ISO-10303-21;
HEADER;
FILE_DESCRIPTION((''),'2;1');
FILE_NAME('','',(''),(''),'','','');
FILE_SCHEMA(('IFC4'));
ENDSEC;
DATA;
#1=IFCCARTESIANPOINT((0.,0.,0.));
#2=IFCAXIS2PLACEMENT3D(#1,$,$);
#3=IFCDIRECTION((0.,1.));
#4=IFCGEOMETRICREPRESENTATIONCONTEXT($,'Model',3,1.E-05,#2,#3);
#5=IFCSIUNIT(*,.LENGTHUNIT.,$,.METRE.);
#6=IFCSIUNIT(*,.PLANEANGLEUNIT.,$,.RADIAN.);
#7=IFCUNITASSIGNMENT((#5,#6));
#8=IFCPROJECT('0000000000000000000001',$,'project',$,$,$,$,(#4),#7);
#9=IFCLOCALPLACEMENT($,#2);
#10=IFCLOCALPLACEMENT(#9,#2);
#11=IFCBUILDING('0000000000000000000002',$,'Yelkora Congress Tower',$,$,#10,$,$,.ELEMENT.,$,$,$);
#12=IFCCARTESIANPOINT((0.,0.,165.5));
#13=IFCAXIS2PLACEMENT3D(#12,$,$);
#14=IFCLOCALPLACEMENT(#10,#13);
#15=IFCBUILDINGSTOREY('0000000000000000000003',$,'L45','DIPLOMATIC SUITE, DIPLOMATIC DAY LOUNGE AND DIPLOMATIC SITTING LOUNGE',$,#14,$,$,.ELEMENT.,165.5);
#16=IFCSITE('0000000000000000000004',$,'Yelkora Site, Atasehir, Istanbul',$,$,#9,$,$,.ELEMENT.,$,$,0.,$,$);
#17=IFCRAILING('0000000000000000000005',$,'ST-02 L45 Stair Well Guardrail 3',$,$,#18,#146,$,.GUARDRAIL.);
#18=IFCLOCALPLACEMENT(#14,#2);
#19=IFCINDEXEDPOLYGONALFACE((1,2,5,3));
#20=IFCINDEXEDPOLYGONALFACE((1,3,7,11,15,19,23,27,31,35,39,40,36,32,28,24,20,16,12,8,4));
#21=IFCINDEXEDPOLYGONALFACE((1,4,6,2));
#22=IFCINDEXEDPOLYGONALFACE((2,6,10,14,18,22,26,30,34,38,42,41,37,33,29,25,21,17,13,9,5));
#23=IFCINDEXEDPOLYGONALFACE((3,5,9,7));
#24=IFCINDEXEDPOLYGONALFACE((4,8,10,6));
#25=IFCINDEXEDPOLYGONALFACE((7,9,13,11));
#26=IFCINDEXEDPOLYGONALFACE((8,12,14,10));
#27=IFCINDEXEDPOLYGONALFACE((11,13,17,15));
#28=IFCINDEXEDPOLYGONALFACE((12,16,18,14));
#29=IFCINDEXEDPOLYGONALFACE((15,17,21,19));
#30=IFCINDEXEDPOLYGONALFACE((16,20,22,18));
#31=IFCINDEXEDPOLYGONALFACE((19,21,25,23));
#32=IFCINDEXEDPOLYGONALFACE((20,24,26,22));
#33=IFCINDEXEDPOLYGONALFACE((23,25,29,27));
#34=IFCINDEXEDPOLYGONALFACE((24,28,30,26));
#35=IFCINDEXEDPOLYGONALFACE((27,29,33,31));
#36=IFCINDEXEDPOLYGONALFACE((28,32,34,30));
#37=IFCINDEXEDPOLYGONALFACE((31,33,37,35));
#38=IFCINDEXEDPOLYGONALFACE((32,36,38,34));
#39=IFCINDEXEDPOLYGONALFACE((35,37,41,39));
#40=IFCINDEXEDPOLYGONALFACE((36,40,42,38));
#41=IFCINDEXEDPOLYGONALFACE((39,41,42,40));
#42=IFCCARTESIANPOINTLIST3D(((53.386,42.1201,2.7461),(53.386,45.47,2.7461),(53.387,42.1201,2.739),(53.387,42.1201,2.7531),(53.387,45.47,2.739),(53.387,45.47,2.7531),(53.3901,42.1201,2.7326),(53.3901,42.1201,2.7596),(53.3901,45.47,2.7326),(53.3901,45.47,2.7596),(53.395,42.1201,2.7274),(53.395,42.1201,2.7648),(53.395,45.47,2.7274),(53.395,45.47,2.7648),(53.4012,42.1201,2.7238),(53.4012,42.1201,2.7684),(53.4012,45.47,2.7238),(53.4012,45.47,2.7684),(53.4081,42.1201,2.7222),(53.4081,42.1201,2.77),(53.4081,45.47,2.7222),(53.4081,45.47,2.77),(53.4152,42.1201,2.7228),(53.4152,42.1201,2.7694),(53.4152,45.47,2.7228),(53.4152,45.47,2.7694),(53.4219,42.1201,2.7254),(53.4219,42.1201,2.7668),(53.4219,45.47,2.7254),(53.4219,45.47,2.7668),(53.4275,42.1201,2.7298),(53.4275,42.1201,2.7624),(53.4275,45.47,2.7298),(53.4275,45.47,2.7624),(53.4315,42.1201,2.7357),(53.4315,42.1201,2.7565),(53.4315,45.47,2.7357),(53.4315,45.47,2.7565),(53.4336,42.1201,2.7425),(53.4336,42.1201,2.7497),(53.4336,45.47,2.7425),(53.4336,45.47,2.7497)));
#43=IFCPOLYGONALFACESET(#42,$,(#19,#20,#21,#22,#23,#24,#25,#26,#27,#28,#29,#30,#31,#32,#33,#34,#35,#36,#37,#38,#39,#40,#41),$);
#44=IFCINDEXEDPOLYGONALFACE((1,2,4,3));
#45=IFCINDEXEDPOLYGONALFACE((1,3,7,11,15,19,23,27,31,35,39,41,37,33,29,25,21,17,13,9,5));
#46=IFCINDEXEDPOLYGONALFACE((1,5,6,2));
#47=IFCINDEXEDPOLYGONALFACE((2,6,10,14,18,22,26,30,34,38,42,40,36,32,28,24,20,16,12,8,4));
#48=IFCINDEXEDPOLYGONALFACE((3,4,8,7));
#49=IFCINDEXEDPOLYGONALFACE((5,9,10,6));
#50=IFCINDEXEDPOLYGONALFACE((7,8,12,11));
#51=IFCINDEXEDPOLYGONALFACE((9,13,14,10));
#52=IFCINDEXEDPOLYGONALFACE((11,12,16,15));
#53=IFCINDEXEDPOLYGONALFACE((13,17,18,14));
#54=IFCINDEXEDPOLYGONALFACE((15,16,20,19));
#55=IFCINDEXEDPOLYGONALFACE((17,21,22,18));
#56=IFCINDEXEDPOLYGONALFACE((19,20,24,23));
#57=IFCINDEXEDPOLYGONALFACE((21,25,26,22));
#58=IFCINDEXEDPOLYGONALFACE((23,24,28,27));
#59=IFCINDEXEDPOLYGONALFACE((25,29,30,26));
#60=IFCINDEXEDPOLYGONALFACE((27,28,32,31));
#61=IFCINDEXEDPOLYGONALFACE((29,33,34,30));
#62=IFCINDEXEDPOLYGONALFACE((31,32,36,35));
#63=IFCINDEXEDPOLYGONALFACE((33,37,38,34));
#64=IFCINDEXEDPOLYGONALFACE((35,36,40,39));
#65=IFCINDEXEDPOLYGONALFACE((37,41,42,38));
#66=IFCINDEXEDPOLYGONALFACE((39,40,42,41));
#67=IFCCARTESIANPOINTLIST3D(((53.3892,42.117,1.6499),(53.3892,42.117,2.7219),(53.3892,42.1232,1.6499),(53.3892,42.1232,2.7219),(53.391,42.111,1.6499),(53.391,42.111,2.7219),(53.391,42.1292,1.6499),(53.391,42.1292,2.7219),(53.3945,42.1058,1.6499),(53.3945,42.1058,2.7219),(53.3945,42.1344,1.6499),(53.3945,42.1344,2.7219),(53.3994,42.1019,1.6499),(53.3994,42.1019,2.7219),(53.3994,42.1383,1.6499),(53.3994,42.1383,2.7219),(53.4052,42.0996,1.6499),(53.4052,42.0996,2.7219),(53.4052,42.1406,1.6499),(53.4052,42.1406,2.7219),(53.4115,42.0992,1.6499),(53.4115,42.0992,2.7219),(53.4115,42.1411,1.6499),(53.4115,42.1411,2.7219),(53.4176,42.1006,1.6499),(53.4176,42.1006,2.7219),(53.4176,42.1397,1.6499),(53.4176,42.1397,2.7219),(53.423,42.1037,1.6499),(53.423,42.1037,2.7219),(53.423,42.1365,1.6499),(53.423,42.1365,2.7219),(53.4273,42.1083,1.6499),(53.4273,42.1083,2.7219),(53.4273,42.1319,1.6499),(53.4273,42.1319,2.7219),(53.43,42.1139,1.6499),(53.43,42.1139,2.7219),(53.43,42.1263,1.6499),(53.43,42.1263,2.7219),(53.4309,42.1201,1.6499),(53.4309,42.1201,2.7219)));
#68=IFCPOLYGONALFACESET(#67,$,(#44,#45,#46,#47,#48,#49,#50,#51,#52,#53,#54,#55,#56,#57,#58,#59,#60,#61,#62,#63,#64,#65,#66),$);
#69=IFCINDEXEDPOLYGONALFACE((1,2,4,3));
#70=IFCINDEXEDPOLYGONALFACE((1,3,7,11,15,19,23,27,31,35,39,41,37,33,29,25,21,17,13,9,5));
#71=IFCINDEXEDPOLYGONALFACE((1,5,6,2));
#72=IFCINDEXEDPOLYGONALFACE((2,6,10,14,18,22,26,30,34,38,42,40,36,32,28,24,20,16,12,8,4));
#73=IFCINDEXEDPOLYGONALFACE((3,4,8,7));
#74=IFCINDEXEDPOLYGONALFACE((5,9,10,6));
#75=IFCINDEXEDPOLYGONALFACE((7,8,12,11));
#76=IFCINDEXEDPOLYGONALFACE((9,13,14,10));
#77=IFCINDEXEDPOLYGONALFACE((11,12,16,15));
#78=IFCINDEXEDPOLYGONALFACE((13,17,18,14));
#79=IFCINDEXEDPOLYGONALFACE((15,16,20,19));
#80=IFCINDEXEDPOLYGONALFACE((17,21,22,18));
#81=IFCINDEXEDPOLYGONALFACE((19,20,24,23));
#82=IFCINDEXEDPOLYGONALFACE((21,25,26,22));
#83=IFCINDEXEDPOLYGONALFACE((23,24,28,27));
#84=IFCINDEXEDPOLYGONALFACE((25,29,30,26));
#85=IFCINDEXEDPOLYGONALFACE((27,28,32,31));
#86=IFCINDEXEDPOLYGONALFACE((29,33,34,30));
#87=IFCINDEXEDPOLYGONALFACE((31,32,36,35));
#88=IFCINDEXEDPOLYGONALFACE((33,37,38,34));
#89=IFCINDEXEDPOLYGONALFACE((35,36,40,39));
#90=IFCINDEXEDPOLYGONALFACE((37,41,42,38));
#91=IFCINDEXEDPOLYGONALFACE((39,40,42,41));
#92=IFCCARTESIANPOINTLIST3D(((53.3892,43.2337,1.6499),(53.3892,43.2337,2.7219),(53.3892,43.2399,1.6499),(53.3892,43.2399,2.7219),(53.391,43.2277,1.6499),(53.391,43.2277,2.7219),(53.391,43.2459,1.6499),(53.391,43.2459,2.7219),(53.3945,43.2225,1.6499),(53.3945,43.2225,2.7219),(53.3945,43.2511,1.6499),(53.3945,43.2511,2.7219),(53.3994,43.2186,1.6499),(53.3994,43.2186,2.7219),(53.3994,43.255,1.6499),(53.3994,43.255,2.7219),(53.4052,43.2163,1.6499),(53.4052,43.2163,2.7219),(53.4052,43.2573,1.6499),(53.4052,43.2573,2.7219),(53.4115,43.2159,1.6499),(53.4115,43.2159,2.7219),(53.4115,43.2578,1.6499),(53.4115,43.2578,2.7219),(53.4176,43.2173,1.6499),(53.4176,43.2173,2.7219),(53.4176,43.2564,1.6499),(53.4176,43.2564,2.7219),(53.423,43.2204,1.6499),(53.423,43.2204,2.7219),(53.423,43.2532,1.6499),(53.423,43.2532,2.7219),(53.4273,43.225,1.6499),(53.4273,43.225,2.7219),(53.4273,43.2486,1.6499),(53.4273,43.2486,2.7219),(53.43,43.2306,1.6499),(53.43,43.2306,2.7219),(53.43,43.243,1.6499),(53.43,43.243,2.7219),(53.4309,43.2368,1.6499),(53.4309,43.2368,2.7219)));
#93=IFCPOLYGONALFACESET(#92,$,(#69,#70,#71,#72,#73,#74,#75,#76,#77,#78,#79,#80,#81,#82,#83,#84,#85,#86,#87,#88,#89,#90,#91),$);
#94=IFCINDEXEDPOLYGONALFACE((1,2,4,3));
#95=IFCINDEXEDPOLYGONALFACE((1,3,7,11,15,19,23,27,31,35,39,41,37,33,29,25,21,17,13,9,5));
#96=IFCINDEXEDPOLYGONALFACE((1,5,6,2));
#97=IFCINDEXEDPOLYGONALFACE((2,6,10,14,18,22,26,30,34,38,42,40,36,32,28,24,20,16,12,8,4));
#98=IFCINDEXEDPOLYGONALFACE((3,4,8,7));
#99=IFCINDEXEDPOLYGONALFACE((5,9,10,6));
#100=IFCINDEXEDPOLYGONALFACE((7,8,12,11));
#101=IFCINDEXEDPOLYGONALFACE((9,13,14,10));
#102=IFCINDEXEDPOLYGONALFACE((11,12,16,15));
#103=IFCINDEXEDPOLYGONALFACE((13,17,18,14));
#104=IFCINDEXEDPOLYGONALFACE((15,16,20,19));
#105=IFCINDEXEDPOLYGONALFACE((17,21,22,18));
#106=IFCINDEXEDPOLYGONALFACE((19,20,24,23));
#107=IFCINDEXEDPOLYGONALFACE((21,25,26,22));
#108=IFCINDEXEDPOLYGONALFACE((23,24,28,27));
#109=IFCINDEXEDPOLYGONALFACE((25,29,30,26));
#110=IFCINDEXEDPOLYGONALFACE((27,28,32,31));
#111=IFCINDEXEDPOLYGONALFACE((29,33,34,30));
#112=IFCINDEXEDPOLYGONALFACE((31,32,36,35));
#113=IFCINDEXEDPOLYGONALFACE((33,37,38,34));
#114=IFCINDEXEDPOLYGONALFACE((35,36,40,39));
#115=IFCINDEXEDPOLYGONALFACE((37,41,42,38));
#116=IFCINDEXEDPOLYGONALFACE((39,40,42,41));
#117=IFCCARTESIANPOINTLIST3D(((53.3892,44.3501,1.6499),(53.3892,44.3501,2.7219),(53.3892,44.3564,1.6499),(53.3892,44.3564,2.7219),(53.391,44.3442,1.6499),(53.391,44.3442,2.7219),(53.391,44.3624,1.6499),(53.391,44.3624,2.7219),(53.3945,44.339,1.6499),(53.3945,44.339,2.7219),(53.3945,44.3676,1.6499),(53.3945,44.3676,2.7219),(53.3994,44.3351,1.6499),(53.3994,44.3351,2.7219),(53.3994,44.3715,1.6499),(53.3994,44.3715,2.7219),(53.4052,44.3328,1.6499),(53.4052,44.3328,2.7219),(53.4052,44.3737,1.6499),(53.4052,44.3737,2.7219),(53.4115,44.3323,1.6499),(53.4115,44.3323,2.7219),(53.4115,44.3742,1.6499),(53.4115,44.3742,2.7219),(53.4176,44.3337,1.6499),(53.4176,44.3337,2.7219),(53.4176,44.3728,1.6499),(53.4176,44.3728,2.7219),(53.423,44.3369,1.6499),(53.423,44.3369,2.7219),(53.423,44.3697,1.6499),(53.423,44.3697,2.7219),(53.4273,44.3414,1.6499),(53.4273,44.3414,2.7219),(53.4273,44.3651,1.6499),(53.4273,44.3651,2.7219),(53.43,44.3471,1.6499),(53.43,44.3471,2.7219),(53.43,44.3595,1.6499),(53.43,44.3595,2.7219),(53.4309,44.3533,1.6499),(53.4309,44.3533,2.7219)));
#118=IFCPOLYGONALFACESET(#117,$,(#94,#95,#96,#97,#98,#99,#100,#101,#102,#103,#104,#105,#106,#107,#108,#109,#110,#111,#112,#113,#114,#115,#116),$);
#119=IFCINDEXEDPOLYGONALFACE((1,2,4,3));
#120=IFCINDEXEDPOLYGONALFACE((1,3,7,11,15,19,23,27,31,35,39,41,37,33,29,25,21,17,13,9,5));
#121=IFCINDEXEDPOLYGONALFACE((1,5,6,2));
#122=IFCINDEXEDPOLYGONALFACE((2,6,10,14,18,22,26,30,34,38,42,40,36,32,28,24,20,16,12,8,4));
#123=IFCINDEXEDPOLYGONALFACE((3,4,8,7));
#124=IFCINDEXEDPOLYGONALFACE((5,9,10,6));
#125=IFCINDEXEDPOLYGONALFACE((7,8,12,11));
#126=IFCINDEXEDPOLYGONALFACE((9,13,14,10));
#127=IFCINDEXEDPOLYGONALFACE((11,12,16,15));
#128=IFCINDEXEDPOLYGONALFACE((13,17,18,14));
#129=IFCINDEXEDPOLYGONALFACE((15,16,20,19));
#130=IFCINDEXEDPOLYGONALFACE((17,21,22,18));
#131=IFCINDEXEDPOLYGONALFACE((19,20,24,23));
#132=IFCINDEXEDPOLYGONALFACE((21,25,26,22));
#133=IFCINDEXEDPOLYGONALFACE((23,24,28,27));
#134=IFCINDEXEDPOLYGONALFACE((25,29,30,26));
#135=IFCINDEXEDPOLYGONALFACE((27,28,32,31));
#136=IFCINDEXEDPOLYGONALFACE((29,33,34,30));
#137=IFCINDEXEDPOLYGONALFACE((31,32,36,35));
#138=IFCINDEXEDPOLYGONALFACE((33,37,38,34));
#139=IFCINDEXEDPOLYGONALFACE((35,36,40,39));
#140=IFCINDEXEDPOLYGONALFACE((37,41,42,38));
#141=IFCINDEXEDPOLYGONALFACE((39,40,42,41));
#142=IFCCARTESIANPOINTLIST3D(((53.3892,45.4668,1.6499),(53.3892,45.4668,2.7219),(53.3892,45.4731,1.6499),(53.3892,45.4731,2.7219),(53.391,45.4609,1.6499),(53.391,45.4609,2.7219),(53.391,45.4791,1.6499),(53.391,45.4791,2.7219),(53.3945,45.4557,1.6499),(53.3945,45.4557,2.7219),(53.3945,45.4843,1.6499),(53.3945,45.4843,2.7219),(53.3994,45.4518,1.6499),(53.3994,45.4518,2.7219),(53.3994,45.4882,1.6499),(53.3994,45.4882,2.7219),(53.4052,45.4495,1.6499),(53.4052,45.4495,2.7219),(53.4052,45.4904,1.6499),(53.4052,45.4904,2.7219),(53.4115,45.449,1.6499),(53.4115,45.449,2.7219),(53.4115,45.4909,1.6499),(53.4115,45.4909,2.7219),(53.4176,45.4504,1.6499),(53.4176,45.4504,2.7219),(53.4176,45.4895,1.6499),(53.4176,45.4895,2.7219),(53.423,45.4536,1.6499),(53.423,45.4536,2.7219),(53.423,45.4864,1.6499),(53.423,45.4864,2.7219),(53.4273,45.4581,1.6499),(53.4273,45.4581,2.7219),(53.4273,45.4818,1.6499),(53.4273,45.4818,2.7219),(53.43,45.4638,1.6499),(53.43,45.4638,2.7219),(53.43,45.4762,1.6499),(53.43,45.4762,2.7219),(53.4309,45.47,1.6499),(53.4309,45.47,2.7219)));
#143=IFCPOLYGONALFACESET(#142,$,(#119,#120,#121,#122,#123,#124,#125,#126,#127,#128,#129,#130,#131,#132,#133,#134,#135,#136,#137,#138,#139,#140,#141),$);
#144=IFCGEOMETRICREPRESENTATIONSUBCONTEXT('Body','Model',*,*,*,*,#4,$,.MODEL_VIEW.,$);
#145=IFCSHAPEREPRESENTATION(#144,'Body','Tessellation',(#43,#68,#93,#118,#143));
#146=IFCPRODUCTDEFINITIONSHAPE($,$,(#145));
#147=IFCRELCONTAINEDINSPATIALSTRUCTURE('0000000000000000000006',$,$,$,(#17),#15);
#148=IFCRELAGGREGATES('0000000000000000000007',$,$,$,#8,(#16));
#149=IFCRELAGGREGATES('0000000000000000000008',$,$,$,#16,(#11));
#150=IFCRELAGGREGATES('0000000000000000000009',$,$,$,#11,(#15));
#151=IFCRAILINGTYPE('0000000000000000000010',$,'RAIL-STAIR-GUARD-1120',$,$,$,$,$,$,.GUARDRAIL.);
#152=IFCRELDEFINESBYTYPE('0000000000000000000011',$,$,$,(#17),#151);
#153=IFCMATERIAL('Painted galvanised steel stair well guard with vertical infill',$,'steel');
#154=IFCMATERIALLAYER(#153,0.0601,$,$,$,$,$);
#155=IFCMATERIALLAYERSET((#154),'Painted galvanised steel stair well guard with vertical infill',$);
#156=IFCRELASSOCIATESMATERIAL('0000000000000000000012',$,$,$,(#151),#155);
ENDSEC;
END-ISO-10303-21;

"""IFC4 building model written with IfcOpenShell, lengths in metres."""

from ifc_helpers import new_model, si_unit, direction, frame, origin, origin_2d, place, context, subcontext, project, spatial, circle, extrude, material, layer, layer_set, type_object, element, save


model = new_model("IFC4")

# Units and contexts
model_context = context("Model", 3, precision=1e-05, world=origin(), true_north=direction((0.0, 1.0)))
body_context = subcontext(model_context, "Body", "Model", "MODEL_VIEW")
ifc_project = project(units=[si_unit("LENGTHUNIT", "METRE"), si_unit("PLANEANGLEUNIT", "RADIAN")], contexts=[model_context])

# Site, building, storey
site_placement = place(None, origin())
site = spatial("IfcSite", under=ifc_project, at=site_placement, Name="Yelkora Site, Atasehir, Istanbul", CompositionType="ELEMENT", RefElevation=0.0)
building_placement = place(site_placement, origin())
building = spatial("IfcBuilding", under=site, at=building_placement, Name="Yelkora Congress Tower", CompositionType="ELEMENT")
storey_placement = place(building_placement, frame((0.0, 0.0, 165.5)))
storey = spatial("IfcBuildingStorey", under=building, at=storey_placement, Name="L45", Description="DIPLOMATIC SUITE, DIPLOMATIC DAY LOUNGE AND DIPLOMATIC SITTING LOUNGE", CompositionType="ELEMENT", Elevation=165.5)

# Railing
ifc_material_1 = material(Name="Painted galvanised steel stair well guard with vertical infill", Category="steel")
ifc_layer_1 = layer(ifc_material_1, 0.0601)
ifc_layer_set_1 = layer_set([ifc_layer_1], Name="Painted galvanised steel stair well guard with vertical infill")
railing_type_1 = type_object("IfcRailingType", Name="RAIL-STAIR-GUARD-1120", PredefinedType="GUARDRAIL", material=ifc_layer_set_1)
for number, where, name in (
    (1, (53.4099, 42.1201, 1.6499), "ST-02 L45 Stair Well Guardrail 3"),
):
    element("IfcRailing", number, at=place(storey_placement, frame(where)), inside=storey, type_object=railing_type_1, Name=name, PredefinedType="GUARDRAIL", context=body_context, shape_type="SweptSolid", body=[
        extrude(circle(Radius=0.0239, at=origin_2d()), frame((0.0, 0.0, 1.0962), z_axis=(0.0, 1.0, 0.0), x_axis=(-1.0, 0.0, 0.0)), (0.0, 0.0, 1.0), 3.3499),
        extrude(circle(Radius=0.021, at=origin_2d()), origin(), (0.0, 0.0, 1.0), 1.072),
        extrude(circle(Radius=0.021, at=origin_2d()), frame((0.0, 1.1167, 0.0)), (0.0, 0.0, 1.0), 1.072),
        extrude(circle(Radius=0.021, at=origin_2d()), frame((0.0, 2.2332, 0.0)), (0.0, 0.0, 1.0), 1.072),
        extrude(circle(Radius=0.021, at=origin_2d()), frame((0.0, 3.3499, 0.0)), (0.0, 0.0, 1.0), 1.072),
    ])

save(model, "model.ifc")
